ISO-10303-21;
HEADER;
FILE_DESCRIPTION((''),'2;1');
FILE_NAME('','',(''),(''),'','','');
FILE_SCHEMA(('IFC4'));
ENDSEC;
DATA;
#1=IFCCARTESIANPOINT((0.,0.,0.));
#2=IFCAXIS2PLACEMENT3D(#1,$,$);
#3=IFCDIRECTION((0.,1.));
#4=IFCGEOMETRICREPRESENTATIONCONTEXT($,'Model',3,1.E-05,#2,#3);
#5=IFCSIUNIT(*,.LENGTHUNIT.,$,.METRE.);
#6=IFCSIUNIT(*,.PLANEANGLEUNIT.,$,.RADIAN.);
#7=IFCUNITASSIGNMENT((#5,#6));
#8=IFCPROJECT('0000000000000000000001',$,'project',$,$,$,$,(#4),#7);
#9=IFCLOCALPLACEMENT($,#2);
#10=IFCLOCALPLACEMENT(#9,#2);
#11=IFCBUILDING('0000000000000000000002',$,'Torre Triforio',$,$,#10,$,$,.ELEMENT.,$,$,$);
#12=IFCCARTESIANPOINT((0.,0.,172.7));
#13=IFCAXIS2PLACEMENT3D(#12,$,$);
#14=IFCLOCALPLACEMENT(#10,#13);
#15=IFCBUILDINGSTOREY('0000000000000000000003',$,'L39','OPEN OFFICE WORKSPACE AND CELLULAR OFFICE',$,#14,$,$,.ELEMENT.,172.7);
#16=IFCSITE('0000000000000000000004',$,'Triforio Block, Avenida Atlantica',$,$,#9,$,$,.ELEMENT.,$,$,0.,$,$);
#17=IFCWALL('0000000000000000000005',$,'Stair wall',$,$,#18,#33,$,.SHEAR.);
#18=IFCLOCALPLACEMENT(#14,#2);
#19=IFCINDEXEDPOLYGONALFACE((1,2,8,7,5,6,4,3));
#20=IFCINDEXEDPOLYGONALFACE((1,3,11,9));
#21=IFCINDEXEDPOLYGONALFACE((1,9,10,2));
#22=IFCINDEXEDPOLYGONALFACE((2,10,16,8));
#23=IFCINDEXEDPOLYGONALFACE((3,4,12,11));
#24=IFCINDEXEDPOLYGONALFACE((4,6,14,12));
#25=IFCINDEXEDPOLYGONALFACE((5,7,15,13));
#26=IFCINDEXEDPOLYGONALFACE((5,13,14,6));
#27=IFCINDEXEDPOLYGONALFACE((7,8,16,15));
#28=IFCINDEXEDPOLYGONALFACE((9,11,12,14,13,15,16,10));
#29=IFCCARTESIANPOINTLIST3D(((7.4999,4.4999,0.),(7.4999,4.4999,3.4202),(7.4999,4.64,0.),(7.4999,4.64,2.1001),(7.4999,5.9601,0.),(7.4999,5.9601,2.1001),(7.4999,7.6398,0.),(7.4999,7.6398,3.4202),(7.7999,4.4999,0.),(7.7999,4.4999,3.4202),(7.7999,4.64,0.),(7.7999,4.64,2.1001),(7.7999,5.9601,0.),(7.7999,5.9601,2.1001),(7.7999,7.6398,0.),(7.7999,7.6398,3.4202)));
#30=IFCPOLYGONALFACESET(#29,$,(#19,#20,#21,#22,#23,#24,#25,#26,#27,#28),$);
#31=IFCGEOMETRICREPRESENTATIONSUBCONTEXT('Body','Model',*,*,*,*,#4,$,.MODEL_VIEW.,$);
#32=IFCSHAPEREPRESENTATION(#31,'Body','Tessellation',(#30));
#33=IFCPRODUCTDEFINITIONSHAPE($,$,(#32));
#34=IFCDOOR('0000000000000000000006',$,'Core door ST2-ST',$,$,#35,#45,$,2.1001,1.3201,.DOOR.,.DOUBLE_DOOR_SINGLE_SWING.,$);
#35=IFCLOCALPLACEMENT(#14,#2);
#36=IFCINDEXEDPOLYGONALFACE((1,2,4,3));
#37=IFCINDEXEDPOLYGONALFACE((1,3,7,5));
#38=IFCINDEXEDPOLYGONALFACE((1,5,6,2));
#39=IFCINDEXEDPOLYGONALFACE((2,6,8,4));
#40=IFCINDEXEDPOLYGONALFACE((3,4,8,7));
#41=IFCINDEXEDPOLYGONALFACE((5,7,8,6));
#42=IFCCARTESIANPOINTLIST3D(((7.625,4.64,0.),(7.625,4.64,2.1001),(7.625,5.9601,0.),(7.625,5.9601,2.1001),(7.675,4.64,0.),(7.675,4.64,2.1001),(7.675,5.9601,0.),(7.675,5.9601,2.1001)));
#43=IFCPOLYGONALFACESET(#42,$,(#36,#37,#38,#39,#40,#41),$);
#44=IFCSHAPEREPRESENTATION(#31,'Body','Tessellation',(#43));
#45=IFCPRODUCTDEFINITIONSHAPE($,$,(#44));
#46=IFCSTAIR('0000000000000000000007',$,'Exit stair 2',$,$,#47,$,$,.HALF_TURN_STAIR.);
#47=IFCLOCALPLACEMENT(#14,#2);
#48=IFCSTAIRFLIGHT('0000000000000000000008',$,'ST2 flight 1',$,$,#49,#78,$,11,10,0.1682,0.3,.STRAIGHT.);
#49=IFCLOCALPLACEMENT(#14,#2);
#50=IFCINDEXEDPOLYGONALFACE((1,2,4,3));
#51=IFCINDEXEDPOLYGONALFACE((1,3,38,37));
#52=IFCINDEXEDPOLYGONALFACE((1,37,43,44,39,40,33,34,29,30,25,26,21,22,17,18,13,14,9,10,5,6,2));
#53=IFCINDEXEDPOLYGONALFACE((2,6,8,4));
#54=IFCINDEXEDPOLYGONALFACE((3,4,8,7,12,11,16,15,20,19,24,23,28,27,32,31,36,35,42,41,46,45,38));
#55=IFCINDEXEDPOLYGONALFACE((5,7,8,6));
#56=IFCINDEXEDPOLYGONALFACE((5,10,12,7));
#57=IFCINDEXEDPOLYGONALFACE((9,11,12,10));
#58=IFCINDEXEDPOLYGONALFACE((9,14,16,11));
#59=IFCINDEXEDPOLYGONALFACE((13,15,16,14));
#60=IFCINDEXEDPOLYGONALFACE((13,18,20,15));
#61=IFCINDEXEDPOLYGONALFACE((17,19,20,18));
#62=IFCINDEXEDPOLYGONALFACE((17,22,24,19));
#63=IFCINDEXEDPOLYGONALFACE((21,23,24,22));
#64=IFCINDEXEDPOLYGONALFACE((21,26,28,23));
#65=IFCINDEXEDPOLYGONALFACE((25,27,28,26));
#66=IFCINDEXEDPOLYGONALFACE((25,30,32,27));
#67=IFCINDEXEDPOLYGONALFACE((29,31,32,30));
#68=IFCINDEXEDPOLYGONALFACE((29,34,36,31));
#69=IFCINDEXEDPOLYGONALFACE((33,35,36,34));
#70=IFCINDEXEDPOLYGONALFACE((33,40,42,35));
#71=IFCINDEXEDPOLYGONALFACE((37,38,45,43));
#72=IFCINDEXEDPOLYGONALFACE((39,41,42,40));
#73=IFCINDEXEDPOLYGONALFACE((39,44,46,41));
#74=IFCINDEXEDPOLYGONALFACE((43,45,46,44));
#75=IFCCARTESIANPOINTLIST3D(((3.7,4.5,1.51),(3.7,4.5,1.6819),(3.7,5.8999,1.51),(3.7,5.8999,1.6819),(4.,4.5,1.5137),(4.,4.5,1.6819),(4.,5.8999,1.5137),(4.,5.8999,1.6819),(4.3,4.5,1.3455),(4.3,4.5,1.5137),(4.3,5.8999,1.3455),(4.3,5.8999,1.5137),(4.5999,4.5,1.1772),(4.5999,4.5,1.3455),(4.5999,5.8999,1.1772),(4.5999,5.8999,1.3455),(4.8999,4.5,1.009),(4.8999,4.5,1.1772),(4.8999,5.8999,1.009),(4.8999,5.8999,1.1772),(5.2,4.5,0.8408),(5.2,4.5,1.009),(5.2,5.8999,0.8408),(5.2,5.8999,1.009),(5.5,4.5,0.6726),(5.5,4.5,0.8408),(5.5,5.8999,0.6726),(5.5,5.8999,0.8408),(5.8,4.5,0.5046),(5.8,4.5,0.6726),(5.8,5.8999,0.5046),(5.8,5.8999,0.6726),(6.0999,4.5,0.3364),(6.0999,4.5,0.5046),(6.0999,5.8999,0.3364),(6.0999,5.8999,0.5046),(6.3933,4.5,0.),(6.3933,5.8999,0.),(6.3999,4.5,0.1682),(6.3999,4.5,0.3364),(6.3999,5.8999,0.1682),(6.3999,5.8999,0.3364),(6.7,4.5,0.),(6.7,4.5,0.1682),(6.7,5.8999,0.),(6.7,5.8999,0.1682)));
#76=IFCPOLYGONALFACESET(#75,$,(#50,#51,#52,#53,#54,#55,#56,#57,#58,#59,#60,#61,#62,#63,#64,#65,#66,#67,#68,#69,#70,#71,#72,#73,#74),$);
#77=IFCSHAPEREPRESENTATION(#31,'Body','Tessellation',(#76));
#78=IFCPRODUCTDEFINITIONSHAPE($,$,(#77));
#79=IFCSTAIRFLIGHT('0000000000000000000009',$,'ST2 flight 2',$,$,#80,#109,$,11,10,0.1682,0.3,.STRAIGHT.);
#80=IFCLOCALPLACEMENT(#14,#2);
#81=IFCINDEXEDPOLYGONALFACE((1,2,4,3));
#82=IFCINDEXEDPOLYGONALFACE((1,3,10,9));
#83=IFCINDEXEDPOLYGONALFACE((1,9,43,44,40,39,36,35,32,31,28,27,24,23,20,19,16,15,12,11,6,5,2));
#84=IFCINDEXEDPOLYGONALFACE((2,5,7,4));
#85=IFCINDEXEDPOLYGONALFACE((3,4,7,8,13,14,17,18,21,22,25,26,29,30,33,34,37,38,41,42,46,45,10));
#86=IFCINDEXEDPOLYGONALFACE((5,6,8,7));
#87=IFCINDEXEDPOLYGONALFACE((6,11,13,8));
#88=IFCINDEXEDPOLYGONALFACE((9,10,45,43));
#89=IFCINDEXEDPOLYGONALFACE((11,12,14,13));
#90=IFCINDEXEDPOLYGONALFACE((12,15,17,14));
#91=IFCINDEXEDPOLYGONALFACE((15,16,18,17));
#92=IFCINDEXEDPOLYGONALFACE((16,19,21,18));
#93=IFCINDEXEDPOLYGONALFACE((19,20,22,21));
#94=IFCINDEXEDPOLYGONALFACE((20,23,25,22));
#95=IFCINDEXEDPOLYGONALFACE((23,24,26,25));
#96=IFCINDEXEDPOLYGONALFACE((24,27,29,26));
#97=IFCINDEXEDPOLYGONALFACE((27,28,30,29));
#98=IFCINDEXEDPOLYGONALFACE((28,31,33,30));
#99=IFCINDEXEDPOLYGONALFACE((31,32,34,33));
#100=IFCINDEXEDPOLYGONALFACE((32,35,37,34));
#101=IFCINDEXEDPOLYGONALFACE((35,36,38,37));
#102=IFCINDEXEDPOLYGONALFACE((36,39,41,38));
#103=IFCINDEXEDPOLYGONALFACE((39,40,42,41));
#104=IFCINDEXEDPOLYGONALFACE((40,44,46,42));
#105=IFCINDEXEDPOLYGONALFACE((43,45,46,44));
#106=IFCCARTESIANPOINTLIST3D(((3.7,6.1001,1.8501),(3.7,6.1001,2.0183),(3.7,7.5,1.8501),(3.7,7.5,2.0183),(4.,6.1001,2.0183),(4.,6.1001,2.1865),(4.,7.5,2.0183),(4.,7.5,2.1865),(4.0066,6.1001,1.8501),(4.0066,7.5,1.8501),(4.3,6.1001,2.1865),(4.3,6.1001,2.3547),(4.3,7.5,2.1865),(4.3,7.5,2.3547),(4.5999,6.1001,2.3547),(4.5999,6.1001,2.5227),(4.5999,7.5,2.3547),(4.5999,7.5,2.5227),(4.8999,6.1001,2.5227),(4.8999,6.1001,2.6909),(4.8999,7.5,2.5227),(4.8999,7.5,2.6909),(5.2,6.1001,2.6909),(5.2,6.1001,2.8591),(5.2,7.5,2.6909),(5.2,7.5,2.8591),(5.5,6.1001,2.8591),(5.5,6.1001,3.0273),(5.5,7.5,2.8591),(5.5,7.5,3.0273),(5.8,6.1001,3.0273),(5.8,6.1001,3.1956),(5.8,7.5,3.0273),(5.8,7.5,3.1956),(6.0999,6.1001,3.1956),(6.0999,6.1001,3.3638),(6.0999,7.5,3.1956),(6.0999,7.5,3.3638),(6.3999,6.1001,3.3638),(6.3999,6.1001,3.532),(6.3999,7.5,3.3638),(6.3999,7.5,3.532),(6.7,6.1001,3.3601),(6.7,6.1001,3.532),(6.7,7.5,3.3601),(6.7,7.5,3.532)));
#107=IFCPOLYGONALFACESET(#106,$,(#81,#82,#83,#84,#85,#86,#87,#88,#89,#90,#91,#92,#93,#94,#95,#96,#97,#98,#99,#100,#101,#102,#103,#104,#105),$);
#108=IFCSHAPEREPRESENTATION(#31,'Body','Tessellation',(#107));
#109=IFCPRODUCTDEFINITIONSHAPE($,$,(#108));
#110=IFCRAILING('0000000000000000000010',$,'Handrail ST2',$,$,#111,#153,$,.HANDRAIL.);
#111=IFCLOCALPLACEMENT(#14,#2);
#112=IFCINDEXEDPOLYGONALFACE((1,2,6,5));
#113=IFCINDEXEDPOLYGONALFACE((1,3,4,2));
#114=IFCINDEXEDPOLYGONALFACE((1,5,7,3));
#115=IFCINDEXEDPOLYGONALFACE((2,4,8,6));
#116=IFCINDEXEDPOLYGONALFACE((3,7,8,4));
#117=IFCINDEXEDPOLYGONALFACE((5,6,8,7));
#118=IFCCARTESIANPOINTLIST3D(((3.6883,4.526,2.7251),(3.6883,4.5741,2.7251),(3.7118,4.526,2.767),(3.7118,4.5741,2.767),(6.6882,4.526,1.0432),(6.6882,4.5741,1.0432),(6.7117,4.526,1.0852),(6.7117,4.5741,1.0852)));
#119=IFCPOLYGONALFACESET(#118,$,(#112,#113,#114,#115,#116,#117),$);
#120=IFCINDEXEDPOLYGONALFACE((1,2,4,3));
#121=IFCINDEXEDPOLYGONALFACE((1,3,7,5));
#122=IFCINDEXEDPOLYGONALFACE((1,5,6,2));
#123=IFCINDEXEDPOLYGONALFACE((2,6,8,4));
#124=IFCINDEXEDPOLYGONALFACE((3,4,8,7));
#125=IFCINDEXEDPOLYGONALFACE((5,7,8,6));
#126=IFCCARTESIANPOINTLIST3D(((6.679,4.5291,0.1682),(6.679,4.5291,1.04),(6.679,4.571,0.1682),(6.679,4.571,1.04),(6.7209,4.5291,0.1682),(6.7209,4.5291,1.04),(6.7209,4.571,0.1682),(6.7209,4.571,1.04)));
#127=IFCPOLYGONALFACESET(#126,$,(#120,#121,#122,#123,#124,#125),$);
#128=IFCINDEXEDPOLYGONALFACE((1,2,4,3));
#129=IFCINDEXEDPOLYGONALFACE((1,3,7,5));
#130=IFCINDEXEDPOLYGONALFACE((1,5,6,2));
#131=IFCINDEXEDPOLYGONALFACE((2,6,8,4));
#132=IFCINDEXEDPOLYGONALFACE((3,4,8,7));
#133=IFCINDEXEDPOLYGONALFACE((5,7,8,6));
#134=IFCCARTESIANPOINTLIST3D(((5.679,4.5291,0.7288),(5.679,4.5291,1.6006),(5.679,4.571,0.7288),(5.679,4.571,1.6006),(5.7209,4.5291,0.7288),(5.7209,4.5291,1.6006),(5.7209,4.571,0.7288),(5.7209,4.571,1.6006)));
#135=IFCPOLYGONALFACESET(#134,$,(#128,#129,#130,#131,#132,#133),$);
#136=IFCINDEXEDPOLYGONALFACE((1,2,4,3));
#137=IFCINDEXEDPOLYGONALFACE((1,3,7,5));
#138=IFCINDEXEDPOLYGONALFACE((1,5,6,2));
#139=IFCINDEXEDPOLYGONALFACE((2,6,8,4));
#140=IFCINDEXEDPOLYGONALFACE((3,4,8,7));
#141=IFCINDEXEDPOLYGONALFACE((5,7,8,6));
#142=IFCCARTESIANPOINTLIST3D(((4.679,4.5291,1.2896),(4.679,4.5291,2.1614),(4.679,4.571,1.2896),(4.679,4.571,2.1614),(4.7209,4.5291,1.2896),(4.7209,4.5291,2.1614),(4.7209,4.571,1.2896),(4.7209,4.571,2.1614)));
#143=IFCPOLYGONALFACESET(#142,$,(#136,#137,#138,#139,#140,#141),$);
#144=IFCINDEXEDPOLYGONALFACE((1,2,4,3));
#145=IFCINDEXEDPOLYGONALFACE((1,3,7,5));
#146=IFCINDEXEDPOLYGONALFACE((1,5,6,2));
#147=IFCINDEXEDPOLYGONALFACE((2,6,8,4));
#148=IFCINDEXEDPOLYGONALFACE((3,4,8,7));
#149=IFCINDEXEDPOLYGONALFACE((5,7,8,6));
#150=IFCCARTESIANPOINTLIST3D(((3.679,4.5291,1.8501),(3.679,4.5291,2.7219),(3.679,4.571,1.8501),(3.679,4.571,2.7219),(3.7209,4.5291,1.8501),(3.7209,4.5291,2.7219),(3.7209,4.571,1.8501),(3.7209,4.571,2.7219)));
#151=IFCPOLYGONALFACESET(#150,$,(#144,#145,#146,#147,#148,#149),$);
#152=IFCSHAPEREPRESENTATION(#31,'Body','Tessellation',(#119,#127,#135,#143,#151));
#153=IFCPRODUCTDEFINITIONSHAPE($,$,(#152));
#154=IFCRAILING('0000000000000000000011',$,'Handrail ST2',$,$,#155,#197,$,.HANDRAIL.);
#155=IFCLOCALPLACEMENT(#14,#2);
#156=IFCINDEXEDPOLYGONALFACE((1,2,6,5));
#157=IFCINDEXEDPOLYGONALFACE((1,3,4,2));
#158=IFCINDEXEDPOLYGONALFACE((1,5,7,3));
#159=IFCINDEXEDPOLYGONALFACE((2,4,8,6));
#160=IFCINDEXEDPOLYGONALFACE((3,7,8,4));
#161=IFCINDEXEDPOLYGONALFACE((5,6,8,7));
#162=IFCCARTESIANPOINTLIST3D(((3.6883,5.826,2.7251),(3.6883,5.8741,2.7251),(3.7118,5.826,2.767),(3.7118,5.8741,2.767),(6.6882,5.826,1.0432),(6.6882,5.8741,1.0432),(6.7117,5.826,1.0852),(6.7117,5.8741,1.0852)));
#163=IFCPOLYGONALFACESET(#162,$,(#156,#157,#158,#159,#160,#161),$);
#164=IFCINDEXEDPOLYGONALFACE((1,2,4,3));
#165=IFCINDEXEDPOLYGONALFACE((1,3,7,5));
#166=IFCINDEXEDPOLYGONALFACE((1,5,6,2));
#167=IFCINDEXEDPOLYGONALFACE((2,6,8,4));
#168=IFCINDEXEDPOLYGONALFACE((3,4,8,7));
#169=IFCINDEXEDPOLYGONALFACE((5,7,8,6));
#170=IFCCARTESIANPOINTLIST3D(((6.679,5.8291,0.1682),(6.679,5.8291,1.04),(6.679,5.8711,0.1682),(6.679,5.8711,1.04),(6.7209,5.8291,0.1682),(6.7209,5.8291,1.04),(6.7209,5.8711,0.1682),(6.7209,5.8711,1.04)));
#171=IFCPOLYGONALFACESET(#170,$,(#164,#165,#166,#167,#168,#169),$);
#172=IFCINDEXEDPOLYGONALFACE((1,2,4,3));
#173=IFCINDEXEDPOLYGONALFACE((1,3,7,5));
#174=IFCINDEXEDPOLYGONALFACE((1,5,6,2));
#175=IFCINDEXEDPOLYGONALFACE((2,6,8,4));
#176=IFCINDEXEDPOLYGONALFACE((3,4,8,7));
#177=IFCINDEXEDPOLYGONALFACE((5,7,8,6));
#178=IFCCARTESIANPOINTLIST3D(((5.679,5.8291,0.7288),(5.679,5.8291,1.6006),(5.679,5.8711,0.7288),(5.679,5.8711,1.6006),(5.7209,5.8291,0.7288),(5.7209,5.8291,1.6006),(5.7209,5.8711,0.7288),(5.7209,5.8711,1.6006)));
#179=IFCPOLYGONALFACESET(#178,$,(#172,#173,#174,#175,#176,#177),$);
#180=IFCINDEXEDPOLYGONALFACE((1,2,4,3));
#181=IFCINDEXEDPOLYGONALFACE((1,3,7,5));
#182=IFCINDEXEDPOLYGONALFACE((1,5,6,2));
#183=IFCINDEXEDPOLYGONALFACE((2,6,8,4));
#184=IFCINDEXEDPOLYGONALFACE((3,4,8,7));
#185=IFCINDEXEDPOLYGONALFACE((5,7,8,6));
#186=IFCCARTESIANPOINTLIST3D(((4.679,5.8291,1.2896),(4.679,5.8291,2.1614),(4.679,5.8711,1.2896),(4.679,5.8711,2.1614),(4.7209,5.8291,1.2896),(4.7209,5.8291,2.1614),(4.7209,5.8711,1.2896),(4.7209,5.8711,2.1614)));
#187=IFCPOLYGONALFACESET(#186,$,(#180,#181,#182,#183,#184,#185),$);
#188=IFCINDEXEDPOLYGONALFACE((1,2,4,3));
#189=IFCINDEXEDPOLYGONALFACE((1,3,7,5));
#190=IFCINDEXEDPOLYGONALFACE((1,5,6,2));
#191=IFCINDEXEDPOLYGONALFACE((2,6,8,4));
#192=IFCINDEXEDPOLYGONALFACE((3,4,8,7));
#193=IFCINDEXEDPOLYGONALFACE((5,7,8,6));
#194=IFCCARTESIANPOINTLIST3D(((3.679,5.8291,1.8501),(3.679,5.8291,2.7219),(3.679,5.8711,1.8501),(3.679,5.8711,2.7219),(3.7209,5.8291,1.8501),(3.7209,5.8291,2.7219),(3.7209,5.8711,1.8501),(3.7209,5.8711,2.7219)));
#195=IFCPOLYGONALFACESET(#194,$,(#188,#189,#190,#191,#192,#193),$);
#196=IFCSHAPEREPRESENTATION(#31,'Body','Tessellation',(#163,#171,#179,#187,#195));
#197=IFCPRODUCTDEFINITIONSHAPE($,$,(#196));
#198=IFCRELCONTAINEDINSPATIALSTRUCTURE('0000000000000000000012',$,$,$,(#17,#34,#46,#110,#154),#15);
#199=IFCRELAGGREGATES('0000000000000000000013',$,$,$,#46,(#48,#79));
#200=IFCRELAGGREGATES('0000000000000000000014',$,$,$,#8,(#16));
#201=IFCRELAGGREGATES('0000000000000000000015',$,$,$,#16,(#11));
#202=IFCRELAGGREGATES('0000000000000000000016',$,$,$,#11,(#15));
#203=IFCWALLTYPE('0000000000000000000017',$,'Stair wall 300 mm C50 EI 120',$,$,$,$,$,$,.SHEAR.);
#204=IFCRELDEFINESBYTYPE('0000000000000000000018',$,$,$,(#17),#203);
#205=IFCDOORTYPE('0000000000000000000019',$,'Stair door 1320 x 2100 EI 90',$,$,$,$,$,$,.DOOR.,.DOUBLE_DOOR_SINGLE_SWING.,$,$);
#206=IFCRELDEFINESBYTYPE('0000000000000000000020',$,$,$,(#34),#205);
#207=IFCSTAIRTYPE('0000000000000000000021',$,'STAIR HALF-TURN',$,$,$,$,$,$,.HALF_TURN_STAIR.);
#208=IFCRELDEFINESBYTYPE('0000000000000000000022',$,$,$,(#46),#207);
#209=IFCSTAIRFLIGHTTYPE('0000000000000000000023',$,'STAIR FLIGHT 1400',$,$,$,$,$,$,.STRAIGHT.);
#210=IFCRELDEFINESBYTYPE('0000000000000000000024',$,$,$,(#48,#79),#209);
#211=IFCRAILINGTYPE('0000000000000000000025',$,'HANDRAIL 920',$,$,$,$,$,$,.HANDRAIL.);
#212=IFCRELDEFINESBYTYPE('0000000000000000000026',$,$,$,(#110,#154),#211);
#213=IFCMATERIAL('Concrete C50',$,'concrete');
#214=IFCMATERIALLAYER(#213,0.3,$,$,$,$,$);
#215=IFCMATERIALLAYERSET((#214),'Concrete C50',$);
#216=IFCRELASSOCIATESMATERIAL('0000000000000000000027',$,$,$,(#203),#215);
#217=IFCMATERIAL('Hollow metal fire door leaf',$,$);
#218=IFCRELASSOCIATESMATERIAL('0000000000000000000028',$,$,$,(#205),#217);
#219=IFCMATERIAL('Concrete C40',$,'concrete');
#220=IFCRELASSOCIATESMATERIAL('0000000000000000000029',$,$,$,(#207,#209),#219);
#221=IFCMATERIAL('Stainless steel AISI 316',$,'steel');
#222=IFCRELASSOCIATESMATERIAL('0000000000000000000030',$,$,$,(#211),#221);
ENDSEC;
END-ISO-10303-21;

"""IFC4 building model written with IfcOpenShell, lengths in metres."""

from ifc_helpers import new_model, si_unit, direction, frame, frame_2d, origin, origin_2d, place, context, subcontext, project, spatial, polyline, rectangle, outline, extrude, material, layer, layer_set, type_object, element, fill, aggregate, save


model = new_model("IFC4")

# Units and contexts
model_context = context("Model", 3, precision=1e-05, world=origin(), true_north=direction((0.0, 1.0)))
body_context = subcontext(model_context, "Body", "Model", "MODEL_VIEW")
ifc_project = project(units=[si_unit("LENGTHUNIT", "METRE"), si_unit("PLANEANGLEUNIT", "RADIAN")], contexts=[model_context])

# Site, building, storey
site_placement = place(None, origin())
site = spatial("IfcSite", under=ifc_project, at=site_placement, Name="Triforio Block, Avenida Atlantica", CompositionType="ELEMENT", RefElevation=0.0)
building_placement = place(site_placement, origin())
building = spatial("IfcBuilding", under=site, at=building_placement, Name="Torre Triforio", CompositionType="ELEMENT")
storey_placement = place(building_placement, frame((0.0, 0.0, 172.7)))
storey = spatial("IfcBuildingStorey", under=building, at=storey_placement, Name="L39", Description="OPEN OFFICE WORKSPACE AND CELLULAR OFFICE", CompositionType="ELEMENT", Elevation=172.7)

# Shared definitions
ifc_material_1 = material(Name="Concrete C50", Category="concrete")

# Shared definitions
ifc_material_2 = material(Name="Hollow metal fire door leaf")

# Wall, opening, door
ifc_layer_1 = layer(ifc_material_1, 0.3)
ifc_layer_set_1 = layer_set([ifc_layer_1], Name="Concrete C50")
wall_type_1 = type_object("IfcWallType", Name="Stair wall 300 mm C50 EI 120", PredefinedType="SHEAR", material=ifc_layer_set_1)
wall_1_placement = place(storey_placement, frame((7.6499, 4.5, 0.0), z_axis=(0.0, 0.0, 1.0), x_axis=(0.0, 1.0, 0.0)))
wall_1 = element("IfcWall", 1, at=wall_1_placement, inside=storey, type_object=wall_type_1, Name="Stair wall", PredefinedType="SHEAR", context=body_context, shape_type="SweptSolid", body=[
    extrude(rectangle(XDim=3.1399, YDim=0.3, at=frame_2d((1.5698, 0.0))), origin(), (0.0, 0.0, 1.0), 3.4202),
])
opening_1_placement = place(wall_1_placement, frame((0.1399, 0.0, 0.0)))
opening_1 = element("IfcOpeningElement", 2, at=opening_1_placement, cuts=wall_1, PredefinedType="OPENING", context=body_context, shape_type="SweptSolid", body=[
    extrude(rectangle(XDim=1.3201, YDim=2.1001, at=frame_2d((0.6602, 1.05))), frame((0.0, 0.1599, 0.0), z_axis=(0.0, -1.0, 0.0), x_axis=(1.0, 0.0, 0.0)), (0.0, 0.0, 1.0), 0.3201),
])
door_type_1 = type_object("IfcDoorType", Name="Stair door 1320 x 2100 EI 90", OperationType="DOUBLE_DOOR_SINGLE_SWING", PredefinedType="DOOR", material=ifc_material_2)
door_1_placement = place(opening_1_placement, origin())
door_1 = element("IfcDoor", 3, at=door_1_placement, inside=storey, type_object=door_type_1, Name="Core door ST2-ST", OperationType="DOUBLE_DOOR_SINGLE_SWING", OverallHeight=2.1001, OverallWidth=1.3201, PredefinedType="DOOR", context=body_context, shape_type="SweptSolid", body=[
    extrude(rectangle(XDim=1.3201, YDim=2.1001, at=frame_2d((0.6602, 1.05))), frame((0.0, 0.0249, 0.0), z_axis=(0.0, -1.0, 0.0), x_axis=(1.0, 0.0, 0.0)), (0.0, 0.0, 1.0), 0.05),
])
fill(opening_1, door_1)

# Stair, stair flights
ifc_material_3 = material(Name="Concrete C40", Category="concrete")
stair_type = type_object("IfcStairType", Name="STAIR HALF-TURN", PredefinedType="HALF_TURN_STAIR", material=ifc_material_3)
stair_placement = place(storey_placement, origin())
stair = element("IfcStair", 4, at=stair_placement, inside=storey, type_object=stair_type, Name="Exit stair 2", PredefinedType="HALF_TURN_STAIR")
stair_flight_type = type_object("IfcStairFlightType", Name="STAIR FLIGHT 1400", PredefinedType="STRAIGHT", material=ifc_material_3)
stair_flight_1_placement = place(storey_placement, frame((6.7, 5.2, 0.0), z_axis=(0.0, 0.0, 1.0), x_axis=(-1.0, 0.0, 0.0)))
stair_flight_1 = element("IfcStairFlight", 5, at=stair_flight_1_placement, type_object=stair_flight_type, Name="ST2 flight 1", NumberOfRisers=11, NumberOfTreads=10, PredefinedType="STRAIGHT", RiserHeight=0.1682, TreadLength=0.3, context=body_context, shape_type="SweptSolid", body=[
    extrude(outline(polyline([(0.0, 0.0), (0.0, 0.1682), (0.3, 0.1682), (0.3, 0.3364), (0.6001, 0.3364), (0.6001, 0.5046), (0.8999, 0.5046), (0.8999, 0.6726), (1.2, 0.6726), (1.2, 0.8408), (1.5, 0.8408), (1.5, 1.009), (1.8, 1.009), (1.8, 1.1772), (2.1001, 1.1772), (2.1001, 1.3455), (2.3999, 1.3455), (2.3999, 1.5137), (2.7, 1.5137), (2.7, 1.6819), (3.0, 1.6819), (3.0, 1.8501), (3.0, 1.51), (0.3066, 0.0), (0.0, 0.0)])), frame((0.0, 0.7, 0.0), z_axis=(0.0, -1.0, 0.0), x_axis=(1.0, 0.0, 0.0)), (0.0, 0.0, 1.0), 1.3999),
])
stair_flight_2_placement = place(storey_placement, frame((3.7, 6.8, 1.8501), z_axis=(0.0, 0.0, 1.0), x_axis=(1.0, 0.0, 0.0)))
stair_flight_2 = element("IfcStairFlight", 6, at=stair_flight_2_placement, type_object=stair_flight_type, Name="ST2 flight 2", NumberOfRisers=11, NumberOfTreads=10, PredefinedType="STRAIGHT", RiserHeight=0.1682, TreadLength=0.3, context=body_context, shape_type="SweptSolid", body=[
    extrude(outline(polyline([(0.0, 0.0), (0.0, 0.1682), (0.3, 0.1682), (0.3, 0.3364), (0.6001, 0.3364), (0.6001, 0.5046), (0.8999, 0.5046), (0.8999, 0.6726), (1.2, 0.6726), (1.2, 0.8408), (1.5, 0.8408), (1.5, 1.009), (1.8, 1.009), (1.8, 1.1772), (2.1001, 1.1772), (2.1001, 1.3455), (2.3999, 1.3455), (2.3999, 1.5137), (2.7, 1.5137), (2.7, 1.6819), (3.0, 1.6819), (3.0, 1.8501), (3.0, 1.51), (0.3066, 0.0), (0.0, 0.0)])), frame((0.0, 0.7, 0.0), z_axis=(0.0, -1.0, 0.0), x_axis=(1.0, 0.0, 0.0)), (0.0, 0.0, 1.0), 1.3999),
])
aggregate(stair, [stair_flight_1, stair_flight_2])

# Railings
ifc_material_4 = material(Name="Stainless steel AISI 316", Category="steel")
railing_type = type_object("IfcRailingType", Name="HANDRAIL 920", PredefinedType="HANDRAIL", material=ifc_material_4)
for number, where, name in (
    (7, (6.7, 4.55, 0.1682), "Handrail ST2"),
    (8, (6.7, 5.8501, 0.1682), "Handrail ST2"),
):
    element("IfcRailing", number, at=place(storey_placement, frame(where)), inside=storey, type_object=railing_type, Name=name, PredefinedType="HANDRAIL", context=body_context, shape_type="SweptSolid", body=[
        extrude(rectangle(XDim=0.0481, YDim=0.0481, at=origin_2d()), frame((0.0, 0.0, 0.896), z_axis=(-0.872272, 0.0, 0.48902), x_axis=(0.0, -1.0, 0.0)), (0.0, 0.0, 1.0), 3.4392),
        extrude(rectangle(XDim=0.042, YDim=0.042, at=origin_2d()), origin(), (0.0, 0.0, 1.0), 0.8718),
        extrude(rectangle(XDim=0.042, YDim=0.042, at=origin_2d()), frame((-1.0, 0.0, 0.5605)), (0.0, 0.0, 1.0), 0.8718),
        extrude(rectangle(XDim=0.042, YDim=0.042, at=origin_2d()), frame((-2.0, 0.0, 1.1213)), (0.0, 0.0, 1.0), 0.8718),
        extrude(rectangle(XDim=0.042, YDim=0.042, at=origin_2d()), frame((-3.0, 0.0, 1.6819)), (0.0, 0.0, 1.0), 0.8718),
    ])

save(model, "model.ifc")
